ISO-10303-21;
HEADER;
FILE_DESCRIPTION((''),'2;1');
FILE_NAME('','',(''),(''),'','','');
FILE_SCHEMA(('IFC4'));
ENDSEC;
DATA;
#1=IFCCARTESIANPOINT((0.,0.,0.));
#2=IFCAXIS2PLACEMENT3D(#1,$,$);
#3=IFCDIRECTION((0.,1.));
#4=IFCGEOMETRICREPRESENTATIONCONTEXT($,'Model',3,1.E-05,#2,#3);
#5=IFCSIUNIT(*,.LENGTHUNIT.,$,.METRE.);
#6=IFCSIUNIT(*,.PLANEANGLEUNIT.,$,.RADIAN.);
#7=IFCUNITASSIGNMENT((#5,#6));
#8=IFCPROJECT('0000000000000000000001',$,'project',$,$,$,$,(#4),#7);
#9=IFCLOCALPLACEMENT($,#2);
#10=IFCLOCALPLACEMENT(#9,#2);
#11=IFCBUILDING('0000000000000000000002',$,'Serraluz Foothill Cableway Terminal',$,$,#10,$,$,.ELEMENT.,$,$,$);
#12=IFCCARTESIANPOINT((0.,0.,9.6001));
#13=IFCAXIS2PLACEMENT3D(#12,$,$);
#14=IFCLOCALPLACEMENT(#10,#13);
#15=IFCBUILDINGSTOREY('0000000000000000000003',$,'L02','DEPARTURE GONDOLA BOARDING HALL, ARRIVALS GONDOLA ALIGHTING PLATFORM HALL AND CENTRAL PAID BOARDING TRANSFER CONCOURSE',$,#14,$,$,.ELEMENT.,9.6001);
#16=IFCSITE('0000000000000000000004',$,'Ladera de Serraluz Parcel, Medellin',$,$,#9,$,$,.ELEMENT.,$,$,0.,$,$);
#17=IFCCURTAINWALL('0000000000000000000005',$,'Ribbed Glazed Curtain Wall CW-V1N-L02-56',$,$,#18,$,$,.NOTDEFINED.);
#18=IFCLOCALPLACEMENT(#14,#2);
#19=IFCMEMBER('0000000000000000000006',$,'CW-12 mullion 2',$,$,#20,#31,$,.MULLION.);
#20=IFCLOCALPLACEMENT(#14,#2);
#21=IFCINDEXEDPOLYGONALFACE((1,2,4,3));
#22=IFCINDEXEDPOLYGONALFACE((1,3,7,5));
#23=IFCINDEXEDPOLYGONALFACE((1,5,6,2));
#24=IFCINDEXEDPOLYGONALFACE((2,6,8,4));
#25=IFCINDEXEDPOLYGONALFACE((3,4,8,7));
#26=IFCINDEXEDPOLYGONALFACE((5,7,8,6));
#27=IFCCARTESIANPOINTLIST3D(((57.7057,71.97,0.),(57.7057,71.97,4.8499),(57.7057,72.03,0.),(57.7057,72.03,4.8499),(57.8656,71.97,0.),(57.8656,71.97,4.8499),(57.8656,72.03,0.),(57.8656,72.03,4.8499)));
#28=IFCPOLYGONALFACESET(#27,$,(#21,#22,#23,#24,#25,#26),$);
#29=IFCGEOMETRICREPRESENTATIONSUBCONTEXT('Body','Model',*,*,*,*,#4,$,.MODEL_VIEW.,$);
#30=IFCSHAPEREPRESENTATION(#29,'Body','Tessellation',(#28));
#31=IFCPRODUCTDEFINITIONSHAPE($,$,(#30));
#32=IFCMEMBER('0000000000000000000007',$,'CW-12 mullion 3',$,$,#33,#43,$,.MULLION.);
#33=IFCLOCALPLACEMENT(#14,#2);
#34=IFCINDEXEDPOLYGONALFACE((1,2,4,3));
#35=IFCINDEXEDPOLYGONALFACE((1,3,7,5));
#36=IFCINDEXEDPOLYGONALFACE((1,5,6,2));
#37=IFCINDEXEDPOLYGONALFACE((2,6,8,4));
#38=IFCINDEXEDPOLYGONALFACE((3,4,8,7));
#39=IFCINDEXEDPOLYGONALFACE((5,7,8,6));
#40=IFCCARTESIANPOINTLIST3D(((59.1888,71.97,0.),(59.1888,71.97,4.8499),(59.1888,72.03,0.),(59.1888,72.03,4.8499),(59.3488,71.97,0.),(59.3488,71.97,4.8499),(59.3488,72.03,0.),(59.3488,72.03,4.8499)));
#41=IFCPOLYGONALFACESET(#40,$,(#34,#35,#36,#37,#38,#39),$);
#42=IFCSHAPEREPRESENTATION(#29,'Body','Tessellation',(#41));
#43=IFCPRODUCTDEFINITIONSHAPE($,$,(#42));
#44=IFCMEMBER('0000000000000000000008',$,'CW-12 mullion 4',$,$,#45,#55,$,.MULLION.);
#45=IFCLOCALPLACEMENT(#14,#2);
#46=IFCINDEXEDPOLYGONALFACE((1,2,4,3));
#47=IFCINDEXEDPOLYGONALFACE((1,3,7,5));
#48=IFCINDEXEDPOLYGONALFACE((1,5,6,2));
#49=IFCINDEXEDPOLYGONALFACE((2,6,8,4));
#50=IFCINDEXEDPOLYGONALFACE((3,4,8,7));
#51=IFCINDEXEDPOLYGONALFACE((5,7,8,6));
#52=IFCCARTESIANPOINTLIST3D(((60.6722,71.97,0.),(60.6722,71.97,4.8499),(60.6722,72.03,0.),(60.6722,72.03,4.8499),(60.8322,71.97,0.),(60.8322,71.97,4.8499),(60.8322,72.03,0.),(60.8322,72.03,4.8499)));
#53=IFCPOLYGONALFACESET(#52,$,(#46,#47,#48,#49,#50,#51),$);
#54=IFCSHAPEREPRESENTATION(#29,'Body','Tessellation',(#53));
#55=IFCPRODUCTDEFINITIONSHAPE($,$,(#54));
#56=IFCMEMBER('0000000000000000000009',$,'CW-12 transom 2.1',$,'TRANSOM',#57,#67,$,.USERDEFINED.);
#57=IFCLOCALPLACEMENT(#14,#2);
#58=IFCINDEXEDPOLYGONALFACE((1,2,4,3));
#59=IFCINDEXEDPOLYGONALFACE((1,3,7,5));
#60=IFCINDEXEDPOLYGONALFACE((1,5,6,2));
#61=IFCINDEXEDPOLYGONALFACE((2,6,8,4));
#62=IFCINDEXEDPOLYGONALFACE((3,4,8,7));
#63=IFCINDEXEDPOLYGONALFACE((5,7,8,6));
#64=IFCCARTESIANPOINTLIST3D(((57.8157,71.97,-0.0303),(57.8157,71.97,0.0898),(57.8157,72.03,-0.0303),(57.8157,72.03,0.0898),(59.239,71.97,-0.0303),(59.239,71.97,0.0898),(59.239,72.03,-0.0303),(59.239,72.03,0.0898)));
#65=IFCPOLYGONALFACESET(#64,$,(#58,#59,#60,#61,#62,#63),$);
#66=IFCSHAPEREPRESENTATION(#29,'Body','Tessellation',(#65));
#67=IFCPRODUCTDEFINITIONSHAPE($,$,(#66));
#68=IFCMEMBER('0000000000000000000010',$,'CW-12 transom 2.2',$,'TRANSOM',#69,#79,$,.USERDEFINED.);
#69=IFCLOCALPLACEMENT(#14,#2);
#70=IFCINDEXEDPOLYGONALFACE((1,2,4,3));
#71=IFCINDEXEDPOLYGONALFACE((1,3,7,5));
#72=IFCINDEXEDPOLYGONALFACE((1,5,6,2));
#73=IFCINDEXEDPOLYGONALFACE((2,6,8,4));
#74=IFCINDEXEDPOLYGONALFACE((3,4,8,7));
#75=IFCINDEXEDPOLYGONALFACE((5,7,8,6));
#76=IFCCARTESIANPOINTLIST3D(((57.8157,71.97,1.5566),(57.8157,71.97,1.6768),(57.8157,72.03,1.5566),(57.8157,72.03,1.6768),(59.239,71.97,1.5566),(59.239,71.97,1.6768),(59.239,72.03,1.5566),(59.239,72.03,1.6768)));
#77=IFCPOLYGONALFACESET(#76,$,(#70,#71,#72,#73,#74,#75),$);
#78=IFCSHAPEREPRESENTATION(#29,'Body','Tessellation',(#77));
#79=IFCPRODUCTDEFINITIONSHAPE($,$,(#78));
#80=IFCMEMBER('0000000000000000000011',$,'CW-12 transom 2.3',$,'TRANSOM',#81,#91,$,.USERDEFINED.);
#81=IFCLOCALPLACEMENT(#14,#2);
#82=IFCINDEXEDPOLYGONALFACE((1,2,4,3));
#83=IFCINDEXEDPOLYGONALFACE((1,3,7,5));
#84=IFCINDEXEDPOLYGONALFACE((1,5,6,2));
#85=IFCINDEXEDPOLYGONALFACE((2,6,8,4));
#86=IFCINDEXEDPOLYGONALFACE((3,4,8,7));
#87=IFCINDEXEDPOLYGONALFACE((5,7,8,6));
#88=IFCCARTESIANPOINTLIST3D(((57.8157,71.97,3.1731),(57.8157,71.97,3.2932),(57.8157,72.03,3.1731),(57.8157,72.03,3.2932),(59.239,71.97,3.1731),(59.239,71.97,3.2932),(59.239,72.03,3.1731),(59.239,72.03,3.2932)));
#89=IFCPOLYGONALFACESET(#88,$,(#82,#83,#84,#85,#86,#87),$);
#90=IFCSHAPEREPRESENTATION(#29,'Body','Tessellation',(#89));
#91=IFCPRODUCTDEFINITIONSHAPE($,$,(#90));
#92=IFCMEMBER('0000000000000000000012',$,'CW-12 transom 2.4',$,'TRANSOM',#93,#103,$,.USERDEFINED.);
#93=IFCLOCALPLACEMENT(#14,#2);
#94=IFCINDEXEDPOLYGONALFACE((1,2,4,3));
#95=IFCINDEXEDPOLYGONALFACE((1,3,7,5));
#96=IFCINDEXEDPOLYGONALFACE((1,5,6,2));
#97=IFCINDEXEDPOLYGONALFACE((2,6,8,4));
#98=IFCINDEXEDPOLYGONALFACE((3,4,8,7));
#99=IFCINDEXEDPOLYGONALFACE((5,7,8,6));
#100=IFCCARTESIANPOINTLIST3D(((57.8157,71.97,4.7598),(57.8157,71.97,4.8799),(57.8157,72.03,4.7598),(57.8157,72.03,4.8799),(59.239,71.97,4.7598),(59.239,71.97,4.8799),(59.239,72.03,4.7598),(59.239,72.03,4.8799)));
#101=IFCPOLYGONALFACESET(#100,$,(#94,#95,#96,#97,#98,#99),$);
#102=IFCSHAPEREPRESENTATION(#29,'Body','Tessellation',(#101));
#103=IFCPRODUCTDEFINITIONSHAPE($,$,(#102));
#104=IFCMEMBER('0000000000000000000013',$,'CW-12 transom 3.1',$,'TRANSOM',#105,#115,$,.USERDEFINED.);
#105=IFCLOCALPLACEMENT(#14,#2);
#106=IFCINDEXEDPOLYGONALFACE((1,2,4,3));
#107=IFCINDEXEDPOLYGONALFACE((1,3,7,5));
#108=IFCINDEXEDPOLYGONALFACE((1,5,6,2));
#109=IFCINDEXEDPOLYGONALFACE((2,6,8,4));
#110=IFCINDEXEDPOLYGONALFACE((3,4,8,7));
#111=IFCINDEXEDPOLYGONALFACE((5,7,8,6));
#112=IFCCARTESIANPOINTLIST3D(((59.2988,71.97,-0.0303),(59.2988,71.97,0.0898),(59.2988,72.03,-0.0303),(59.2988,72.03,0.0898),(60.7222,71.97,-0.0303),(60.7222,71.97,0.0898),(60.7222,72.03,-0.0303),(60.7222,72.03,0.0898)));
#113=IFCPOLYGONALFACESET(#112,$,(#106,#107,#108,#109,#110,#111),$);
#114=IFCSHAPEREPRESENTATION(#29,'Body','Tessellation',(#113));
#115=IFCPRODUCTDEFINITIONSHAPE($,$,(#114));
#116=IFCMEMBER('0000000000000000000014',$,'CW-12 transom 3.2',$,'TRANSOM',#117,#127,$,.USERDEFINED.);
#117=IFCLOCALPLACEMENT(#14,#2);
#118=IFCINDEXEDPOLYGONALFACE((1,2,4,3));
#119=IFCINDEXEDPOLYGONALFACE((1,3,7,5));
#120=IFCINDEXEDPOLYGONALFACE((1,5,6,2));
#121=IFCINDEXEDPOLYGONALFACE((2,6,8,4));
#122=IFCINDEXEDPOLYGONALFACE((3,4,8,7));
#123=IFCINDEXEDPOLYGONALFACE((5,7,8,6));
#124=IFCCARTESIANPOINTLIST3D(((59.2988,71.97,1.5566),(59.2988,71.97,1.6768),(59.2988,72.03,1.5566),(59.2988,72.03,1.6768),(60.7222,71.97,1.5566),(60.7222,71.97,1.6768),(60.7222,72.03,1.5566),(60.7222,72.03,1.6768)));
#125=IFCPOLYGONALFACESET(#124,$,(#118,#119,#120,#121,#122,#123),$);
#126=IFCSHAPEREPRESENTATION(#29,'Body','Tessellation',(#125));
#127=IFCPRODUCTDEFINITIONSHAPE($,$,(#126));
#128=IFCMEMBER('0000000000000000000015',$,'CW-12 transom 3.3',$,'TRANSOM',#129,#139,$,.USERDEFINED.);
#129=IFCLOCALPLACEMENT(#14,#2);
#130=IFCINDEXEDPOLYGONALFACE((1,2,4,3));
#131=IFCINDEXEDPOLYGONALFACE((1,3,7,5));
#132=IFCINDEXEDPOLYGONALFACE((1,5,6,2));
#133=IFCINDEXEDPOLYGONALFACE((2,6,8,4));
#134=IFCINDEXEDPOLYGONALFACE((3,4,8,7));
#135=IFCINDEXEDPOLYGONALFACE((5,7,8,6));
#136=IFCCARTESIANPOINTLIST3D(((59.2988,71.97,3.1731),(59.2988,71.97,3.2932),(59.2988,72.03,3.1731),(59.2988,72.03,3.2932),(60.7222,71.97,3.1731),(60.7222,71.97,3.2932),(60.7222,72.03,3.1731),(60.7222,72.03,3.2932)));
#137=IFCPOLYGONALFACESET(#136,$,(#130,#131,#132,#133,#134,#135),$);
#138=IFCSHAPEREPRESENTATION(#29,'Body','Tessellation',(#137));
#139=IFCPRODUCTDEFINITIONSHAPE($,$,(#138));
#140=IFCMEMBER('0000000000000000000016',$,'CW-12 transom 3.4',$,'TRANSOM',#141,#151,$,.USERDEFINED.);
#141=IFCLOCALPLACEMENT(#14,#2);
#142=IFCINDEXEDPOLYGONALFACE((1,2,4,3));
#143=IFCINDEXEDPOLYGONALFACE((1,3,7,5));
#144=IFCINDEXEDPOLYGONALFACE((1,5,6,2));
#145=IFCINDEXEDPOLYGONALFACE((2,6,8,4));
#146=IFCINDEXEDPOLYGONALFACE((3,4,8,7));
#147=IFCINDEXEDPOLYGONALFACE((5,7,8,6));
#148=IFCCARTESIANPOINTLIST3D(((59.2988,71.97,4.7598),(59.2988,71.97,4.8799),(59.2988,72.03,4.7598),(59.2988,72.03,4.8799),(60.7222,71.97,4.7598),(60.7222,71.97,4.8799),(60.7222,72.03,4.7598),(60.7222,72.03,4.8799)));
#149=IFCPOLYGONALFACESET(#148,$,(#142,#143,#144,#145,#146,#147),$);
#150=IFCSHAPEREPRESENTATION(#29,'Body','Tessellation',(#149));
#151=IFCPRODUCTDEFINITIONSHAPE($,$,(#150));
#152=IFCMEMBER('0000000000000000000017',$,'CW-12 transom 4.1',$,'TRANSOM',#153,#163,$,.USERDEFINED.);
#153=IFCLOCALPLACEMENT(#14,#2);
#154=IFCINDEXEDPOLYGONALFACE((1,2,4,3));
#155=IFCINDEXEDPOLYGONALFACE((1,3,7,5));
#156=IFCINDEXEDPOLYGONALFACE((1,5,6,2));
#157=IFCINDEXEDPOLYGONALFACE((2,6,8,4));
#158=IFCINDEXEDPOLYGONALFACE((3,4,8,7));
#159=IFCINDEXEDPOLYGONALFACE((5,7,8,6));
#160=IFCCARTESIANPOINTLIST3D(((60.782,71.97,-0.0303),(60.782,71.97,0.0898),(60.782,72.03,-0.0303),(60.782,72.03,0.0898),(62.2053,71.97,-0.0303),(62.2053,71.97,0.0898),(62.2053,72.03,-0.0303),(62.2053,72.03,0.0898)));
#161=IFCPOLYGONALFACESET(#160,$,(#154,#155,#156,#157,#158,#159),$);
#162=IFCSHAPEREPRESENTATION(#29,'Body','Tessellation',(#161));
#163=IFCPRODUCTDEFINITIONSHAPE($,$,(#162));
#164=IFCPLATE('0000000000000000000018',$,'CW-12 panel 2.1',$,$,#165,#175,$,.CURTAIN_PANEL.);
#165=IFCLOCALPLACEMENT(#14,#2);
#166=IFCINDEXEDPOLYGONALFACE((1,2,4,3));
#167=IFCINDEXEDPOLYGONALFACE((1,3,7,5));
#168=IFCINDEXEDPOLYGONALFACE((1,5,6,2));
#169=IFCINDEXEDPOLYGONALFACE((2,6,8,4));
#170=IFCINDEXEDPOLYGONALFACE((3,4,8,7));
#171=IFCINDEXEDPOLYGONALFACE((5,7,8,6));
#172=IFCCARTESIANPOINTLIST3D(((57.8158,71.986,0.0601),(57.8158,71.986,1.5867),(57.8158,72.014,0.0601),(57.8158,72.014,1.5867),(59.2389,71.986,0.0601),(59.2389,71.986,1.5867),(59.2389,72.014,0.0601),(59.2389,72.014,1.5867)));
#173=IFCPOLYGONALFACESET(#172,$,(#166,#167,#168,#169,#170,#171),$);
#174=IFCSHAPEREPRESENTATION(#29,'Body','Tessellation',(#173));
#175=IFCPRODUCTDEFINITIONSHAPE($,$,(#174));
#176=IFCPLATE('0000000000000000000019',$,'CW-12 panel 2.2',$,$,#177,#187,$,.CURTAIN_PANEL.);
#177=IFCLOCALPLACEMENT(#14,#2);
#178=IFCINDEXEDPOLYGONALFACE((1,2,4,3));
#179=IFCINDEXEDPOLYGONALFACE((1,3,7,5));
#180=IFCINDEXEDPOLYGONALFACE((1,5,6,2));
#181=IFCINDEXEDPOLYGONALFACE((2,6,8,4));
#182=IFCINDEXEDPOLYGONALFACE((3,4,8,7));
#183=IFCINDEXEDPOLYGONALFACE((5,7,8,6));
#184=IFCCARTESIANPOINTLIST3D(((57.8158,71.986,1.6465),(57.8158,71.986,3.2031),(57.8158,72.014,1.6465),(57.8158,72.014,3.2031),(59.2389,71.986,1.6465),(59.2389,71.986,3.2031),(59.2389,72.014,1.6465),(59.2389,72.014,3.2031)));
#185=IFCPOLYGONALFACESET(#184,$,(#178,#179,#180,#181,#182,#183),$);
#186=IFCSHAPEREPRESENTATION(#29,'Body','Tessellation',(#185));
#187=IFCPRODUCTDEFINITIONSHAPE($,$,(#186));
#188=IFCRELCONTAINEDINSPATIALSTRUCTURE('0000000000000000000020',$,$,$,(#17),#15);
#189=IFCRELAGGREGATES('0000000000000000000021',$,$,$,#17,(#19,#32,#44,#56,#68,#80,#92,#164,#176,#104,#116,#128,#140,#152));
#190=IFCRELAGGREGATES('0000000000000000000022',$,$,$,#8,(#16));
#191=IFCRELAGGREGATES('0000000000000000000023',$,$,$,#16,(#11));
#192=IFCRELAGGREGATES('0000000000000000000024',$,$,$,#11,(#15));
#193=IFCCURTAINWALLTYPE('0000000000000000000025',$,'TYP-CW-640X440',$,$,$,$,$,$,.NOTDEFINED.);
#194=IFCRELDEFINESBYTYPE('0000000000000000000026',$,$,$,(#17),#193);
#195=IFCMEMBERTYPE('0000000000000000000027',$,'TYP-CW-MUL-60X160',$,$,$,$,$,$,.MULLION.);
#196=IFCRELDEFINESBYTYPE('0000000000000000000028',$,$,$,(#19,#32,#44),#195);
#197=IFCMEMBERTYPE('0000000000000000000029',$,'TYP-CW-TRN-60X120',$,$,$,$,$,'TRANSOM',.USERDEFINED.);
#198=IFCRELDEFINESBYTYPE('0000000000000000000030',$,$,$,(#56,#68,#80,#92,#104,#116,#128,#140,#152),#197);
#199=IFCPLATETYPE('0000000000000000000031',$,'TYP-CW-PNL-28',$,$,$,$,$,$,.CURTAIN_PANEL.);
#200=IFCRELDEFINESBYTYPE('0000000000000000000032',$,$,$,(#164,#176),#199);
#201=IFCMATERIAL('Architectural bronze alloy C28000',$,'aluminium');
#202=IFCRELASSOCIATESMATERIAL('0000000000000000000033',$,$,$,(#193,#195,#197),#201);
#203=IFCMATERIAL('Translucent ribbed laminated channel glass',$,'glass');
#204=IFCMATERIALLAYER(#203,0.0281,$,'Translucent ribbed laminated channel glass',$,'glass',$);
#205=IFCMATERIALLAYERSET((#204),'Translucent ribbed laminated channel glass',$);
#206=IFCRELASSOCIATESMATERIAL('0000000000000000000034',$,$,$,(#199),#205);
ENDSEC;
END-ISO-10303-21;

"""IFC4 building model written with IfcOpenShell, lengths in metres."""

from ifc_helpers import new_model, si_unit, direction, frame, origin, origin_2d, place, context, subcontext, project, spatial, rectangle, extrude, material, layer, layer_set, material_profile, profile_set, type_object, element, aggregate, save


model = new_model("IFC4")

# Units and contexts
model_context = context("Model", 3, precision=1e-05, world=origin(), true_north=direction((0.0, 1.0)))
body_context = subcontext(model_context, "Body", "Model", "MODEL_VIEW")
ifc_project = project(units=[si_unit("LENGTHUNIT", "METRE"), si_unit("PLANEANGLEUNIT", "RADIAN")], contexts=[model_context])

# Site, building, storey
site_placement = place(None, origin())
site = spatial("IfcSite", under=ifc_project, at=site_placement, Name="Ladera de Serraluz Parcel, Medellin", CompositionType="ELEMENT", RefElevation=0.0)
building_placement = place(site_placement, origin())
building = spatial("IfcBuilding", under=site, at=building_placement, Name="Serraluz Foothill Cableway Terminal", CompositionType="ELEMENT")
storey_placement = place(building_placement, frame((0.0, 0.0, 9.6001)))
storey = spatial("IfcBuildingStorey", under=building, at=storey_placement, Name="L02", Description="DEPARTURE GONDOLA BOARDING HALL, ARRIVALS GONDOLA ALIGHTING PLATFORM HALL AND CENTRAL PAID BOARDING TRANSFER CONCOURSE", CompositionType="ELEMENT", Elevation=9.6001)

# Curtain wall, members, plates
ifc_material_1 = material(Name="Architectural bronze alloy C28000", Category="aluminium")
curtain_wall_type = type_object("IfcCurtainWallType", Name="TYP-CW-640X440", PredefinedType="NOTDEFINED", material=ifc_material_1)
curtain_wall_placement = place(storey_placement, origin())
curtain_wall = element("IfcCurtainWall", 1, at=curtain_wall_placement, inside=storey, type_object=curtain_wall_type, Name="Ribbed Glazed Curtain Wall CW-V1N-L02-56", PredefinedType="NOTDEFINED")
ifc_material_profile_1 = material_profile(ifc_material_1, rectangle(XDim=0.0601, YDim=0.1599, at=origin_2d()), Name="ALU MULLION 60x160")
ifc_profile_set_1 = profile_set([ifc_material_profile_1], Name="Architectural bronze alloy C28000")
member_type_1 = type_object("IfcMemberType", Name="TYP-CW-MUL-60X160", PredefinedType="MULLION", material=ifc_profile_set_1)
member_1_placement = place(storey_placement, frame((57.7856, 72.0, 0.0), z_axis=(0.0, 0.0, 1.0), x_axis=(0.0, 1.0, 0.0)))
member_1 = element("IfcMember", 2, at=member_1_placement, type_object=member_type_1, Name="CW-12 mullion 2", PredefinedType="MULLION", context=body_context, shape_type="SweptSolid", body=[
    extrude(rectangle(XDim=0.0601, YDim=0.1599, at=origin_2d()), origin(), (0.0, 0.0, 1.0), 4.8499),
])
member_2_placement = place(storey_placement, frame((59.2688, 72.0, 0.0), z_axis=(0.0, 0.0, 1.0), x_axis=(0.0, 1.0, 0.0)))
member_2 = element("IfcMember", 3, at=member_2_placement, type_object=member_type_1, Name="CW-12 mullion 3", PredefinedType="MULLION", context=body_context, shape_type="SweptSolid", body=[
    extrude(rectangle(XDim=0.0601, YDim=0.1599, at=origin_2d()), origin(), (0.0, 0.0, 1.0), 4.8499),
])
member_3_placement = place(storey_placement, frame((60.7522, 72.0, 0.0), z_axis=(0.0, 0.0, 1.0), x_axis=(0.0, 1.0, 0.0)))
member_3 = element("IfcMember", 4, at=member_3_placement, type_object=member_type_1, Name="CW-12 mullion 4", PredefinedType="MULLION", context=body_context, shape_type="SweptSolid", body=[
    extrude(rectangle(XDim=0.0601, YDim=0.1599, at=origin_2d()), origin(), (0.0, 0.0, 1.0), 4.8499),
])
ifc_material_profile_2 = material_profile(ifc_material_1, rectangle(XDim=0.0601, YDim=0.1201, at=origin_2d()), Name="ALU TRANSOM 60x120")
ifc_profile_set_2 = profile_set([ifc_material_profile_2], Name="Architectural bronze alloy C28000")
member_type_2 = type_object("IfcMemberType", Name="TYP-CW-TRN-60X120", ElementType="TRANSOM", PredefinedType="USERDEFINED", material=ifc_profile_set_2)
member_4_placement = place(storey_placement, frame((57.8157, 72.0, 0.0298), z_axis=(1.0, 0.0, 0.0), x_axis=(0.0, 1.0, 0.0)))
member_4 = element("IfcMember", 5, at=member_4_placement, type_object=member_type_2, Name="CW-12 transom 2.1", ObjectType="TRANSOM", PredefinedType="USERDEFINED", context=body_context, shape_type="SweptSolid", body=[
    extrude(rectangle(XDim=0.0601, YDim=0.1201, at=origin_2d()), origin(), (0.0, 0.0, 1.0), 1.4233),
])
member_5_placement = place(storey_placement, frame((57.8157, 72.0, 1.6167), z_axis=(1.0, 0.0, 0.0), x_axis=(0.0, 1.0, 0.0)))
member_5 = element("IfcMember", 6, at=member_5_placement, type_object=member_type_2, Name="CW-12 transom 2.2", ObjectType="TRANSOM", PredefinedType="USERDEFINED", context=body_context, shape_type="SweptSolid", body=[
    extrude(rectangle(XDim=0.0601, YDim=0.1201, at=origin_2d()), origin(), (0.0, 0.0, 1.0), 1.4233),
])
member_6_placement = place(storey_placement, frame((57.8157, 72.0, 3.2332), z_axis=(1.0, 0.0, 0.0), x_axis=(0.0, 1.0, 0.0)))
member_6 = element("IfcMember", 7, at=member_6_placement, type_object=member_type_2, Name="CW-12 transom 2.3", ObjectType="TRANSOM", PredefinedType="USERDEFINED", context=body_context, shape_type="SweptSolid", body=[
    extrude(rectangle(XDim=0.0601, YDim=0.1201, at=origin_2d()), origin(), (0.0, 0.0, 1.0), 1.4233),
])
member_7_placement = place(storey_placement, frame((57.8157, 72.0, 4.8198), z_axis=(1.0, 0.0, 0.0), x_axis=(0.0, 1.0, 0.0)))
member_7 = element("IfcMember", 8, at=member_7_placement, type_object=member_type_2, Name="CW-12 transom 2.4", ObjectType="TRANSOM", PredefinedType="USERDEFINED", context=body_context, shape_type="SweptSolid", body=[
    extrude(rectangle(XDim=0.0601, YDim=0.1201, at=origin_2d()), origin(), (0.0, 0.0, 1.0), 1.4233),
])
member_8_placement = place(storey_placement, frame((59.2988, 72.0, 0.0298), z_axis=(1.0, 0.0, 0.0), x_axis=(0.0, 1.0, 0.0)))
member_8 = element("IfcMember", 9, at=member_8_placement, type_object=member_type_2, Name="CW-12 transom 3.1", ObjectType="TRANSOM", PredefinedType="USERDEFINED", context=body_context, shape_type="SweptSolid", body=[
    extrude(rectangle(XDim=0.0601, YDim=0.1201, at=origin_2d()), origin(), (0.0, 0.0, 1.0), 1.4233),
])
member_9_placement = place(storey_placement, frame((59.2988, 72.0, 1.6167), z_axis=(1.0, 0.0, 0.0), x_axis=(0.0, 1.0, 0.0)))
member_9 = element("IfcMember", 10, at=member_9_placement, type_object=member_type_2, Name="CW-12 transom 3.2", ObjectType="TRANSOM", PredefinedType="USERDEFINED", context=body_context, shape_type="SweptSolid", body=[
    extrude(rectangle(XDim=0.0601, YDim=0.1201, at=origin_2d()), origin(), (0.0, 0.0, 1.0), 1.4233),
])
member_10_placement = place(storey_placement, frame((59.2988, 72.0, 3.2332), z_axis=(1.0, 0.0, 0.0), x_axis=(0.0, 1.0, 0.0)))
member_10 = element("IfcMember", 11, at=member_10_placement, type_object=member_type_2, Name="CW-12 transom 3.3", ObjectType="TRANSOM", PredefinedType="USERDEFINED", context=body_context, shape_type="SweptSolid", body=[
    extrude(rectangle(XDim=0.0601, YDim=0.1201, at=origin_2d()), origin(), (0.0, 0.0, 1.0), 1.4233),
])
member_11_placement = place(storey_placement, frame((59.2988, 72.0, 4.8198), z_axis=(1.0, 0.0, 0.0), x_axis=(0.0, 1.0, 0.0)))
member_11 = element("IfcMember", 12, at=member_11_placement, type_object=member_type_2, Name="CW-12 transom 3.4", ObjectType="TRANSOM", PredefinedType="USERDEFINED", context=body_context, shape_type="SweptSolid", body=[
    extrude(rectangle(XDim=0.0601, YDim=0.1201, at=origin_2d()), origin(), (0.0, 0.0, 1.0), 1.4233),
])
member_12_placement = place(storey_placement, frame((60.782, 72.0, 0.0298), z_axis=(1.0, 0.0, 0.0), x_axis=(0.0, 1.0, 0.0)))
member_12 = element("IfcMember", 13, at=member_12_placement, type_object=member_type_2, Name="CW-12 transom 4.1", ObjectType="TRANSOM", PredefinedType="USERDEFINED", context=body_context, shape_type="SweptSolid", body=[
    extrude(rectangle(XDim=0.0601, YDim=0.1201, at=origin_2d()), origin(), (0.0, 0.0, 1.0), 1.4233),
])
ifc_material_2 = material(Name="Translucent ribbed laminated channel glass", Category="glass")
ifc_layer_1 = layer(ifc_material_2, 0.0281, Name="Translucent ribbed laminated channel glass", Category="glass")
ifc_layer_set_1 = layer_set([ifc_layer_1], Name="Translucent ribbed laminated channel glass")
plate_type = type_object("IfcPlateType", Name="TYP-CW-PNL-28", PredefinedType="CURTAIN_PANEL", material=ifc_layer_set_1)
plate_1_placement = place(storey_placement, frame((58.5273, 72.0, 0.0601), z_axis=(0.0, 0.0, 1.0), x_axis=(1.0, 0.0, 0.0)))
plate_1 = element("IfcPlate", 14, at=plate_1_placement, type_object=plate_type, Name="CW-12 panel 2.1", PredefinedType="CURTAIN_PANEL", context=body_context, shape_type="SweptSolid", body=[
    extrude(rectangle(XDim=1.4231, YDim=0.0281, at=origin_2d()), origin(), (0.0, 0.0, 1.0), 1.5266),
])
plate_2_placement = place(storey_placement, frame((58.5273, 72.0, 1.6465), z_axis=(0.0, 0.0, 1.0), x_axis=(1.0, 0.0, 0.0)))
plate_2 = element("IfcPlate", 15, at=plate_2_placement, type_object=plate_type, Name="CW-12 panel 2.2", PredefinedType="CURTAIN_PANEL", context=body_context, shape_type="SweptSolid", body=[
    extrude(rectangle(XDim=1.4231, YDim=0.0281, at=origin_2d()), origin(), (0.0, 0.0, 1.0), 1.5566),
])
aggregate(curtain_wall, [member_1, member_2, member_3, member_4, member_5, member_6, member_7, plate_1, plate_2, member_8, member_9, member_10, member_11, member_12])

save(model, "model.ifc")
